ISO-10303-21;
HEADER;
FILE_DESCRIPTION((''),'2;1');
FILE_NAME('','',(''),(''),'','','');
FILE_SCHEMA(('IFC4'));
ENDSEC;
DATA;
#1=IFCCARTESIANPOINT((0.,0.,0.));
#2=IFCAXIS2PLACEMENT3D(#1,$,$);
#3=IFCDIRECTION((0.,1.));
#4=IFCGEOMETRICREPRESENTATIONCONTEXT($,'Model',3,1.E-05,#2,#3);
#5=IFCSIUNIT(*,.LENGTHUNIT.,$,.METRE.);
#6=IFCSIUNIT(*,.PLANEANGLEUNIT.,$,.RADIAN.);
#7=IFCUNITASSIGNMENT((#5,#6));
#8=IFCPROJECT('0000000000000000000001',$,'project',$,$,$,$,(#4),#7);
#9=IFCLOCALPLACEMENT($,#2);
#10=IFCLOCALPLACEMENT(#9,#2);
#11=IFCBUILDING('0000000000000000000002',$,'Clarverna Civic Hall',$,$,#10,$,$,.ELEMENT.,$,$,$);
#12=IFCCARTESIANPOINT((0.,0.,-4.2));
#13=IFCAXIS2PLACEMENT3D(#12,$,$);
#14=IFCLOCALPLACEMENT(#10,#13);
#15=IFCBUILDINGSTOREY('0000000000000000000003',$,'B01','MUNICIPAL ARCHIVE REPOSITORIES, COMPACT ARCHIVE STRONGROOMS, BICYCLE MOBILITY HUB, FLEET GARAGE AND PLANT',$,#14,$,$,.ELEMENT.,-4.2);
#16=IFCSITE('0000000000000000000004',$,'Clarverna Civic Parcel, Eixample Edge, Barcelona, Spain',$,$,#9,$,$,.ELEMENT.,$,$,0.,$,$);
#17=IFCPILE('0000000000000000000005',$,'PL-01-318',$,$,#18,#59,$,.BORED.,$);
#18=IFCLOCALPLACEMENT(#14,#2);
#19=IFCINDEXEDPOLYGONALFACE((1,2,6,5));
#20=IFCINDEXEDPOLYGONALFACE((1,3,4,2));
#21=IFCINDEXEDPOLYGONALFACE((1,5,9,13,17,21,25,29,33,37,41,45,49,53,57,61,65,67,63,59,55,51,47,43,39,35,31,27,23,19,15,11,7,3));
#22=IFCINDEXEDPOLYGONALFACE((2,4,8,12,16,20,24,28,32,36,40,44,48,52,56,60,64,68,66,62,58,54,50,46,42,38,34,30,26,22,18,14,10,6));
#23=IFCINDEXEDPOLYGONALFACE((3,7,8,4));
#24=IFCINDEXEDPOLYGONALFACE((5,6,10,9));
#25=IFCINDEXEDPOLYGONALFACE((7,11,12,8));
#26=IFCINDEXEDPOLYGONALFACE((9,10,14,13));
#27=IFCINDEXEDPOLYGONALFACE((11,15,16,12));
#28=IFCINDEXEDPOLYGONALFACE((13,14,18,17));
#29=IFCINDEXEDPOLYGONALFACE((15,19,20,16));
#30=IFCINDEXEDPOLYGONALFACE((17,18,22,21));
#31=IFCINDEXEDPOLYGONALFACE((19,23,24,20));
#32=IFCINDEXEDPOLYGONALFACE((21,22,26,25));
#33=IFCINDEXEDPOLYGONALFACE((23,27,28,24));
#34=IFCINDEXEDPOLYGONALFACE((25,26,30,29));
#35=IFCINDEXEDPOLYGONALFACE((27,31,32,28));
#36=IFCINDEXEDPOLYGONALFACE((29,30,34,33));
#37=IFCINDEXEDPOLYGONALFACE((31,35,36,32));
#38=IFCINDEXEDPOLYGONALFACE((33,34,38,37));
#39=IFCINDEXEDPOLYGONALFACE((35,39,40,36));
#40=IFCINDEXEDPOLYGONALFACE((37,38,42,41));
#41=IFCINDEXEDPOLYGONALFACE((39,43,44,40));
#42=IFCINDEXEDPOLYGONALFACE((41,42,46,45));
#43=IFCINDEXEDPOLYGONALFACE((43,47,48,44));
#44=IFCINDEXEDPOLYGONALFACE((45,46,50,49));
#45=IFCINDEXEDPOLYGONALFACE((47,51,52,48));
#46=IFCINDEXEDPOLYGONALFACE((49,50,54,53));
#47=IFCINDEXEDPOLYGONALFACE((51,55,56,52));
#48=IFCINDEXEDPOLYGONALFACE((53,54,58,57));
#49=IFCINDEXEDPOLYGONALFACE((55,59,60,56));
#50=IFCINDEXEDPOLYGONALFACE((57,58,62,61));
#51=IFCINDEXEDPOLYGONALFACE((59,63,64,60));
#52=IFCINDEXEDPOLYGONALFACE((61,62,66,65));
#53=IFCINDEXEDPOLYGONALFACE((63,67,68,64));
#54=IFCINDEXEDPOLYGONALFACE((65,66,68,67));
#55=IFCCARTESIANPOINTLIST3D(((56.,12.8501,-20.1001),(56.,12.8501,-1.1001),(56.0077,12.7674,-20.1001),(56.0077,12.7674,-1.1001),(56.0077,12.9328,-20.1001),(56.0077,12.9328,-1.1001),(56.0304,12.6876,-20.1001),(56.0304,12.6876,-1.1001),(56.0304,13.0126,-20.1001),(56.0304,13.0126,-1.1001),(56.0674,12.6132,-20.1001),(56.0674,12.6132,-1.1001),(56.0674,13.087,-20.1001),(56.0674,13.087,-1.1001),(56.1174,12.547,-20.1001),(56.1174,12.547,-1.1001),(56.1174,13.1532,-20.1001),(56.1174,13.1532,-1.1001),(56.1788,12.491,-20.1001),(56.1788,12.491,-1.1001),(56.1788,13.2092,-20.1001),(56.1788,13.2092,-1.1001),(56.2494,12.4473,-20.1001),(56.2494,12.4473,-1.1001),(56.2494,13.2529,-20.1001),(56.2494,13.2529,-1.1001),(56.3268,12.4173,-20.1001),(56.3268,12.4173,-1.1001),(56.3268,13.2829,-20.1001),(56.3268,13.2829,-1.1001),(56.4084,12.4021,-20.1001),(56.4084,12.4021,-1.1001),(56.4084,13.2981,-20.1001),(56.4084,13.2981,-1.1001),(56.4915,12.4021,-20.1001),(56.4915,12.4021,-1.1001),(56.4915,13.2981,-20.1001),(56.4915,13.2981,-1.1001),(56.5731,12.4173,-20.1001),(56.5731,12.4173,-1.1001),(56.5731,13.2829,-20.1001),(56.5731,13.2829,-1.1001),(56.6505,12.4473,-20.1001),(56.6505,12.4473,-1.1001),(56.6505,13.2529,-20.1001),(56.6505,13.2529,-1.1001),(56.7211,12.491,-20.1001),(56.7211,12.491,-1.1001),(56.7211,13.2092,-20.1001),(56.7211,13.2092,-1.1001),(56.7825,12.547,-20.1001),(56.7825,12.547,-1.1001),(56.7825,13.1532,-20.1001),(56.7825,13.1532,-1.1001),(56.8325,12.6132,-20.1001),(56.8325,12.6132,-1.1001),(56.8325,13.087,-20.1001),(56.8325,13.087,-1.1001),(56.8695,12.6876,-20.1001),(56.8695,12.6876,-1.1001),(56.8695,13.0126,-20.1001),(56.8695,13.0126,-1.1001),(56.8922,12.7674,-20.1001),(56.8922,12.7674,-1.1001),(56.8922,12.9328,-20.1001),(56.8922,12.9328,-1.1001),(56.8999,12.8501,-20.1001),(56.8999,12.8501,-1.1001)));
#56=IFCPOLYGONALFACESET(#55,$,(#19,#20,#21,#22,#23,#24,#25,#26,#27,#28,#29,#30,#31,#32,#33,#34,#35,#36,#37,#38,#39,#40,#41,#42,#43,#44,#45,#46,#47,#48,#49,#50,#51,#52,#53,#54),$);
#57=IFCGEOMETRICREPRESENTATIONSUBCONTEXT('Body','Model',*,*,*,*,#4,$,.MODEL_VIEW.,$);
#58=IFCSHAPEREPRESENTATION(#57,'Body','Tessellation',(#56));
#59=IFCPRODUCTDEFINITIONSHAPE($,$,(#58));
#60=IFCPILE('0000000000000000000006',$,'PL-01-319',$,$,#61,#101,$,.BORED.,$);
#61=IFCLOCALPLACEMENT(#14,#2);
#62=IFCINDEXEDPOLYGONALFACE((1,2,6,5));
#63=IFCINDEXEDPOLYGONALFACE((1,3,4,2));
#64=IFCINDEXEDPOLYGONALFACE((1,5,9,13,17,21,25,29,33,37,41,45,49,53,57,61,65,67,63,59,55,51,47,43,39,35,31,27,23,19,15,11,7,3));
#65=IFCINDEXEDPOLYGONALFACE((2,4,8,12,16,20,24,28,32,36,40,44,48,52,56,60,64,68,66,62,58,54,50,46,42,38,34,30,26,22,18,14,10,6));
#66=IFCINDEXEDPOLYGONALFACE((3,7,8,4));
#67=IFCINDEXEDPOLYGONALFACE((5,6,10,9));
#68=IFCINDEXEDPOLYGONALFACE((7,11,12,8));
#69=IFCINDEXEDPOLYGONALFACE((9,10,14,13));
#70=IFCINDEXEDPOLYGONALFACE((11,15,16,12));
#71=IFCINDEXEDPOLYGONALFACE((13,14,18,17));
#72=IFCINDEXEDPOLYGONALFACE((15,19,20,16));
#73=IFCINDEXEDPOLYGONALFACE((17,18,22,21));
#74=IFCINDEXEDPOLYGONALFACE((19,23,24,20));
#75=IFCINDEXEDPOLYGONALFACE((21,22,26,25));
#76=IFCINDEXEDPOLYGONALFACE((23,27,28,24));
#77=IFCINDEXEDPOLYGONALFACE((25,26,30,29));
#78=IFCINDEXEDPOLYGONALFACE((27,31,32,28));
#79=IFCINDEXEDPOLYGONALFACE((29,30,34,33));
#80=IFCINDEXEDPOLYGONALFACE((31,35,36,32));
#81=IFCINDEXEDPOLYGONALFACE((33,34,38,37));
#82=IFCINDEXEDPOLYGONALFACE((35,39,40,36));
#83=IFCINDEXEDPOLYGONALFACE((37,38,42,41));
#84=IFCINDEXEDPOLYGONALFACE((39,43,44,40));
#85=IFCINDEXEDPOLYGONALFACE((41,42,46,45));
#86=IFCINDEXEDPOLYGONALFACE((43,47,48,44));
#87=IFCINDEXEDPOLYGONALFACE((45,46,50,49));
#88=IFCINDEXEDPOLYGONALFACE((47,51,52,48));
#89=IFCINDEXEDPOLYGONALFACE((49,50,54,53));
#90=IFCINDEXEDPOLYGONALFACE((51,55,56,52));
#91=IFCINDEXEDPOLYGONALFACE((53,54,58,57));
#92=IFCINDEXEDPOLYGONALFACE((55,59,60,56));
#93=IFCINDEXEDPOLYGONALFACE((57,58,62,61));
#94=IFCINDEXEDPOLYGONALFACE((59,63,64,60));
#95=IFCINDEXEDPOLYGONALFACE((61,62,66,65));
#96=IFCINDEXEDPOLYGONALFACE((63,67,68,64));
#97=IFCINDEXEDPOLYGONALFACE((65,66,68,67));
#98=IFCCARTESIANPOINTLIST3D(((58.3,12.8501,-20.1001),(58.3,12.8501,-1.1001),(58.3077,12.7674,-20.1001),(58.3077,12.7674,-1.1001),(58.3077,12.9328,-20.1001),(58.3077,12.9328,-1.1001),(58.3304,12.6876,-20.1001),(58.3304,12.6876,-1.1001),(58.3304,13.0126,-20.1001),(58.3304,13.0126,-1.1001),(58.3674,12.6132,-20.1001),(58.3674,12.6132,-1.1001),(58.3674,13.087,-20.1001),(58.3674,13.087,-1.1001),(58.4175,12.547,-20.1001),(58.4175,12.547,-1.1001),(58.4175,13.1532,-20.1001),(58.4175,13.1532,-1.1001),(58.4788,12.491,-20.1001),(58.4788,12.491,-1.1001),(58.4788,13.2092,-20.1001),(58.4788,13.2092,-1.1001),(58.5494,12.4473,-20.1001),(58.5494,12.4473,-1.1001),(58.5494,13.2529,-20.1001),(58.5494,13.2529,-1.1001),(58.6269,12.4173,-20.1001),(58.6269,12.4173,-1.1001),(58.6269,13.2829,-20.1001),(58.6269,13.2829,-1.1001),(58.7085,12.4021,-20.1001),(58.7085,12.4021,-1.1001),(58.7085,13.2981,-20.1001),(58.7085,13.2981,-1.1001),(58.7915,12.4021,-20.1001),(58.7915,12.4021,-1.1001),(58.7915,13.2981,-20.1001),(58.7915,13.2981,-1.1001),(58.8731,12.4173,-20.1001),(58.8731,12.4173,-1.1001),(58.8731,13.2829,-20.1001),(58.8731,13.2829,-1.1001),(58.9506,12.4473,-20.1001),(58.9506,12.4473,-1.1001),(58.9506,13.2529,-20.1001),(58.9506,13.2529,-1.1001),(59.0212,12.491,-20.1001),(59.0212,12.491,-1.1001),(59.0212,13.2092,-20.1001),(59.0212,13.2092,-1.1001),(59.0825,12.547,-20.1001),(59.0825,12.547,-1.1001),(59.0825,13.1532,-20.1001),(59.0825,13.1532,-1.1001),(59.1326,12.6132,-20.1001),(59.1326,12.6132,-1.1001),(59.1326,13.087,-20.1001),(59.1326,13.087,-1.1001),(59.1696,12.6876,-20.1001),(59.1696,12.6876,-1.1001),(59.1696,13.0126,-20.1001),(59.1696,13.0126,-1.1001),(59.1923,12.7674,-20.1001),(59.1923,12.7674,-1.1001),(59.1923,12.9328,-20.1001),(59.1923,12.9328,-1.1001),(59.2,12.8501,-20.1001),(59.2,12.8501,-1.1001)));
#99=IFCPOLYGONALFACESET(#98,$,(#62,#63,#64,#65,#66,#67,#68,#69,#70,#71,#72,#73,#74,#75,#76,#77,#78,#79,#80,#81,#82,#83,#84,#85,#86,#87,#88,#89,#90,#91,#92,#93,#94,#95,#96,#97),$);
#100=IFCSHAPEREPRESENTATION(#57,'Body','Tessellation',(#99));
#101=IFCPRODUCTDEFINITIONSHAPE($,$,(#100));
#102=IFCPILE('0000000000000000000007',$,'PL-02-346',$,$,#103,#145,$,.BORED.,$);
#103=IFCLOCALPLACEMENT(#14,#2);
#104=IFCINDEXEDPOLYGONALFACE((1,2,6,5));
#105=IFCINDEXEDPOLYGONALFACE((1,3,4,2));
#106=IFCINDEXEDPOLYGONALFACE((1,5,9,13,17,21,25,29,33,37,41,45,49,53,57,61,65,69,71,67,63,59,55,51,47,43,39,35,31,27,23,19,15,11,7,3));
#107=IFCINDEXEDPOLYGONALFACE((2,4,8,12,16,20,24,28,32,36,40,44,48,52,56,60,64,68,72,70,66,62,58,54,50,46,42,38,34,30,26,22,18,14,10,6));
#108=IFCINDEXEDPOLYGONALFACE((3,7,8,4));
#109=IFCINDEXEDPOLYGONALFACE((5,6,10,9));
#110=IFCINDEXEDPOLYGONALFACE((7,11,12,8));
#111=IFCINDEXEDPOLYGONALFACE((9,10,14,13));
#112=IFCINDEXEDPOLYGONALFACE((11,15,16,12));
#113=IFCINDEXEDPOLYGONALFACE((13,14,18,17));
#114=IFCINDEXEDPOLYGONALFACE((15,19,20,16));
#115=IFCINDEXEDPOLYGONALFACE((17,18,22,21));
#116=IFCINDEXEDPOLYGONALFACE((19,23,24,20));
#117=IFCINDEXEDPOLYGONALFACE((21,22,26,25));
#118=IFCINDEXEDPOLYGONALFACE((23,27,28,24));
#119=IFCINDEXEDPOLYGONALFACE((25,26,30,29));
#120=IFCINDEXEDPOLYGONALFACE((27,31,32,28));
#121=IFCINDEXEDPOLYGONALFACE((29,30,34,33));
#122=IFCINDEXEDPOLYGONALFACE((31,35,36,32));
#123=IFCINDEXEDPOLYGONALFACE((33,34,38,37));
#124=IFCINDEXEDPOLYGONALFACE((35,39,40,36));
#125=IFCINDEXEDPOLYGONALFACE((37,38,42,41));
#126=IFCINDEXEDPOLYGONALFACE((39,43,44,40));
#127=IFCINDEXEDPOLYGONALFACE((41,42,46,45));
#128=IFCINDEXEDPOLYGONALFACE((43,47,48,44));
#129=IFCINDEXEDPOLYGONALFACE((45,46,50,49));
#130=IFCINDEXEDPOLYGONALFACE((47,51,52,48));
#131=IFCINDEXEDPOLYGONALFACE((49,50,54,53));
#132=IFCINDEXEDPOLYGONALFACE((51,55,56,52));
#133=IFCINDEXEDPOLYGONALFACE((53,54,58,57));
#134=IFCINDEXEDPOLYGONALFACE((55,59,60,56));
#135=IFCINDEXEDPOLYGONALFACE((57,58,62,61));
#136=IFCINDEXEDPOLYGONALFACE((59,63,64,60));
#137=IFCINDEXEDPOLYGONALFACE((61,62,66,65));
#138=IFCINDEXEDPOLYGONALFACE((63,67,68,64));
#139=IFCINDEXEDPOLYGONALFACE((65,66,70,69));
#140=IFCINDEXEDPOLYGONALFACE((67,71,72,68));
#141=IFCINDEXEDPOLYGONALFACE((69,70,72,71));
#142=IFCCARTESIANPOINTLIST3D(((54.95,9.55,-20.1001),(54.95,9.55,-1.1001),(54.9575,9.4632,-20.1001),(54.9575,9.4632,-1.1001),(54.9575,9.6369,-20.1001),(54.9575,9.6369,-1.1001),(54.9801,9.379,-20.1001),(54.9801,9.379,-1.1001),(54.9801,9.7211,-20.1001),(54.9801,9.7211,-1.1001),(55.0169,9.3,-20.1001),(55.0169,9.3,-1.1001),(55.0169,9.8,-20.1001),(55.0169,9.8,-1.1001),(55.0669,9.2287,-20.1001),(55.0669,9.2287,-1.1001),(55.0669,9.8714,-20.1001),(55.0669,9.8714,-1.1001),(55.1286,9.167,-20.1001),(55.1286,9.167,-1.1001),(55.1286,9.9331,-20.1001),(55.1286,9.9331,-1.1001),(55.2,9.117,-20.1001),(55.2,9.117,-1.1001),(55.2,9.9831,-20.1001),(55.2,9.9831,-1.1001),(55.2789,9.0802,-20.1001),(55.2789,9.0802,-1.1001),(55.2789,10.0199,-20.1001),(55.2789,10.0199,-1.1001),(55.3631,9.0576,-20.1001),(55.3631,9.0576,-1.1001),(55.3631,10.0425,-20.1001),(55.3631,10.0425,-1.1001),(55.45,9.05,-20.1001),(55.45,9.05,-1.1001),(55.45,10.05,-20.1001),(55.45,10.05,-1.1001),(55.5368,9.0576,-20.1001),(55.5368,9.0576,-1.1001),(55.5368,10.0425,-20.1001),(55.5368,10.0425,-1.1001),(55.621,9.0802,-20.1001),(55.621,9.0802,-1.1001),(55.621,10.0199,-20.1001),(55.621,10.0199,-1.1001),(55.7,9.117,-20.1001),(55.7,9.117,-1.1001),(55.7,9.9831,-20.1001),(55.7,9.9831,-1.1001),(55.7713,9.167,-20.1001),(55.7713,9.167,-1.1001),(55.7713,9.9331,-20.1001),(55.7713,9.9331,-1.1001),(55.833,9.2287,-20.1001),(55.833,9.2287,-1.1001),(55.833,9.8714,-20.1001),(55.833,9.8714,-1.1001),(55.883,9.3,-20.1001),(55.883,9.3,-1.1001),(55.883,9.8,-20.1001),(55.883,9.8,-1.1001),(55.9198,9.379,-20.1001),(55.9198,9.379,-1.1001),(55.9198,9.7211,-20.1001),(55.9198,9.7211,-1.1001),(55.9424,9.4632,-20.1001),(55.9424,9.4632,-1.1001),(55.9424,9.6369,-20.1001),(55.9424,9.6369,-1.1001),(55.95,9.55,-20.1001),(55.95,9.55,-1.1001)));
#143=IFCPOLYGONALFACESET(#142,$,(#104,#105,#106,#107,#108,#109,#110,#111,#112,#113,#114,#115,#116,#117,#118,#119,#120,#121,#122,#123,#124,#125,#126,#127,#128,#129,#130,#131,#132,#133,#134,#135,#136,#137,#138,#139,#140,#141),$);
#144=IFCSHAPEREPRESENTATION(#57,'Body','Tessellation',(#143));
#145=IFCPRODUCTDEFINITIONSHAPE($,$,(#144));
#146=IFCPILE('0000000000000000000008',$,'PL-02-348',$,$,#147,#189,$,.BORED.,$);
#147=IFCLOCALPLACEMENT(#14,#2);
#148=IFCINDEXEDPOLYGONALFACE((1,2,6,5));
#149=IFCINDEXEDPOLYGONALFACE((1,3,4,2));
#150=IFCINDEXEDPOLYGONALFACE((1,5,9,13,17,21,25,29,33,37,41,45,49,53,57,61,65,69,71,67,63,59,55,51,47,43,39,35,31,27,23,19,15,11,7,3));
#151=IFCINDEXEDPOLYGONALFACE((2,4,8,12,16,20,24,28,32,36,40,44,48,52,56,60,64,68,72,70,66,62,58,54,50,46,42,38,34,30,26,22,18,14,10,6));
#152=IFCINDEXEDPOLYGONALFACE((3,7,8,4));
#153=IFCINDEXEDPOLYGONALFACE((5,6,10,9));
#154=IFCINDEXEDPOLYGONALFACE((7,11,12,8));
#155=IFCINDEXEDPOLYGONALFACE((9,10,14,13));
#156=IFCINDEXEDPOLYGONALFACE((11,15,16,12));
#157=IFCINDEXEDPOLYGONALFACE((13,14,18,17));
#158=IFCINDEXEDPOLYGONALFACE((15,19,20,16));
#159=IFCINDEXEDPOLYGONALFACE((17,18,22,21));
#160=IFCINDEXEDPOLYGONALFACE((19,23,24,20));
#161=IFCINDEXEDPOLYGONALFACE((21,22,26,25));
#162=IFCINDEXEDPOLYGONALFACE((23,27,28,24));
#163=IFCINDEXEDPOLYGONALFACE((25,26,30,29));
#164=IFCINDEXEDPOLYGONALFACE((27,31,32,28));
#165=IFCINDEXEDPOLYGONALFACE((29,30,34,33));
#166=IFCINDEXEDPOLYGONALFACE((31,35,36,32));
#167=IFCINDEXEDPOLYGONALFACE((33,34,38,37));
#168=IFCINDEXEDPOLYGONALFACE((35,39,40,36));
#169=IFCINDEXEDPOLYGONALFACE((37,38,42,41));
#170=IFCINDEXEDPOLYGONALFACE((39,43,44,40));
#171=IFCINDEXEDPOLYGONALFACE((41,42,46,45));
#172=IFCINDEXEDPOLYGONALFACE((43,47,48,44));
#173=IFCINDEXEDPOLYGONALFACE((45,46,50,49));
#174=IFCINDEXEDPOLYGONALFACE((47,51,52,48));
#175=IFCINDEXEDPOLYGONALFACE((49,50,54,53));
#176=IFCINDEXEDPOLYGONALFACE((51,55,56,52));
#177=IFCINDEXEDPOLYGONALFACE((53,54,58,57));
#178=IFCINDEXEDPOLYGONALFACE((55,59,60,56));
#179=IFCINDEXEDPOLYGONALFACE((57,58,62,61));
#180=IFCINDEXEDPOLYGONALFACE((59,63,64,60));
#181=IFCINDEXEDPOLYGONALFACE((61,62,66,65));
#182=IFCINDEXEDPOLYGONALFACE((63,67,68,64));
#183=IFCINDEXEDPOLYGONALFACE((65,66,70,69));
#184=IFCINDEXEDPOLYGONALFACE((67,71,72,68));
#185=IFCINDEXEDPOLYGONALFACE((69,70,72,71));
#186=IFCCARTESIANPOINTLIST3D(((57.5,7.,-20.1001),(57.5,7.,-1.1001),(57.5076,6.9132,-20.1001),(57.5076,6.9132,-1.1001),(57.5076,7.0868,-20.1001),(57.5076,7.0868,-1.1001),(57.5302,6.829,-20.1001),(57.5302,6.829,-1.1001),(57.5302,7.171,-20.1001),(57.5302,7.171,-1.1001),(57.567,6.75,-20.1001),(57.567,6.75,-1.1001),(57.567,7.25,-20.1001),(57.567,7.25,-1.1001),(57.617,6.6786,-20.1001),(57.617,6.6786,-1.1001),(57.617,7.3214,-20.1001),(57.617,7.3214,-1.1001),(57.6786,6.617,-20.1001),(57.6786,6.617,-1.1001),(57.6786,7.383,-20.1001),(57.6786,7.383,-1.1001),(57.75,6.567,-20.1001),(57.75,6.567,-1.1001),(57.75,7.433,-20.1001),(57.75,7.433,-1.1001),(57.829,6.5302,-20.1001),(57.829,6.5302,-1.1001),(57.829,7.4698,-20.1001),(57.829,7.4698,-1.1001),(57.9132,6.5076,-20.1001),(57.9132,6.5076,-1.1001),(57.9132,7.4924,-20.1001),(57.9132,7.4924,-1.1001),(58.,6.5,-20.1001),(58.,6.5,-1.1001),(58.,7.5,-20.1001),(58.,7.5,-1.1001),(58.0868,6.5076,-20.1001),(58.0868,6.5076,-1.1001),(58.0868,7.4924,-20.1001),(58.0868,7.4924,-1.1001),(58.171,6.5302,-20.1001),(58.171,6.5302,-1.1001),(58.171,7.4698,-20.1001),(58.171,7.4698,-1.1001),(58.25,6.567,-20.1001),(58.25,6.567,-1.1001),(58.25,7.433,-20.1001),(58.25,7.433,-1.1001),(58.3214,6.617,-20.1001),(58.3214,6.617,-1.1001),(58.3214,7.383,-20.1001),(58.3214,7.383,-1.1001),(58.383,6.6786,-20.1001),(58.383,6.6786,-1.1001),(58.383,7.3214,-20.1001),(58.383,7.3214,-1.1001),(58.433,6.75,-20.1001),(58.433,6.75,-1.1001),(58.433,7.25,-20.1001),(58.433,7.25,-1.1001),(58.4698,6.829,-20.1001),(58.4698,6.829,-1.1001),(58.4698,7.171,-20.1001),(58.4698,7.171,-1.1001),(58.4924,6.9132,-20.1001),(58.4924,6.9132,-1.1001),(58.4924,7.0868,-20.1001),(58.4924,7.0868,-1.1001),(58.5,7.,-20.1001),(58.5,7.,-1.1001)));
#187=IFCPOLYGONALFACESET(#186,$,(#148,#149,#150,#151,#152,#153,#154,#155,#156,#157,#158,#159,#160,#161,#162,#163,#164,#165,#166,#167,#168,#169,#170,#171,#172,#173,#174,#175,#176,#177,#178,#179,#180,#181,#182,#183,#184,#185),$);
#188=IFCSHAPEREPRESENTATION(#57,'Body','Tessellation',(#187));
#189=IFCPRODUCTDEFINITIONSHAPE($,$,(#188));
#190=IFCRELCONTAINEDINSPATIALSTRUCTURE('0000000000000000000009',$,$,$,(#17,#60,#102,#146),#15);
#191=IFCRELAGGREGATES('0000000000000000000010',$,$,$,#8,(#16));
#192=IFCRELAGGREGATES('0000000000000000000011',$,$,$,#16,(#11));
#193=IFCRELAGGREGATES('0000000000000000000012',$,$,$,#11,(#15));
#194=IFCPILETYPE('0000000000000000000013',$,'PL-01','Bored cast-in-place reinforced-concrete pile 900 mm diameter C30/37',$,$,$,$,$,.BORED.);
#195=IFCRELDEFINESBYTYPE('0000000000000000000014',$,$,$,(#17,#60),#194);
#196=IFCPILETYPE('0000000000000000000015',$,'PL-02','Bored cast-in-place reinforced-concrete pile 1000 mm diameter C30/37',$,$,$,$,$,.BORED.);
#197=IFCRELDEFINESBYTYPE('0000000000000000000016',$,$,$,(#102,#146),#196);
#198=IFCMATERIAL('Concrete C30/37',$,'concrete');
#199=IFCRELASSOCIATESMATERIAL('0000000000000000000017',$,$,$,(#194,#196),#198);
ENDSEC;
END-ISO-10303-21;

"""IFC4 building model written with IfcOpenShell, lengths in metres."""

from ifc_helpers import new_model, si_unit, direction, frame, origin, origin_2d, place, context, subcontext, project, spatial, circle, extrude, material, material_profile, profile_set, type_object, element, save


model = new_model("IFC4")

# Units and contexts
model_context = context("Model", 3, precision=1e-05, world=origin(), true_north=direction((0.0, 1.0)))
body_context = subcontext(model_context, "Body", "Model", "MODEL_VIEW")
ifc_project = project(units=[si_unit("LENGTHUNIT", "METRE"), si_unit("PLANEANGLEUNIT", "RADIAN")], contexts=[model_context])

# Site, building, storey
site_placement = place(None, origin())
site = spatial("IfcSite", under=ifc_project, at=site_placement, Name="Clarverna Civic Parcel, Eixample Edge, Barcelona, Spain", CompositionType="ELEMENT", RefElevation=0.0)
building_placement = place(site_placement, origin())
building = spatial("IfcBuilding", under=site, at=building_placement, Name="Clarverna Civic Hall", CompositionType="ELEMENT")
storey_placement = place(building_placement, frame((0.0, 0.0, -4.2)))
storey = spatial("IfcBuildingStorey", under=building, at=storey_placement, Name="B01", Description="MUNICIPAL ARCHIVE REPOSITORIES, COMPACT ARCHIVE STRONGROOMS, BICYCLE MOBILITY HUB, FLEET GARAGE AND PLANT", CompositionType="ELEMENT", Elevation=-4.2)

# Shared definitions
ifc_material_1 = material(Name="Concrete C30/37", Category="concrete")

# Piles
ifc_material_profile_1 = material_profile(ifc_material_1, circle(Radius=0.45, at=origin_2d()), Name="BORED PILE D900")
ifc_profile_set_1 = profile_set([ifc_material_profile_1], Name="Concrete C30/37")
pile_type_1 = type_object("IfcPileType", Name="PL-01", Description="Bored cast-in-place reinforced-concrete pile 900 mm diameter C30/37", PredefinedType="BORED", material=ifc_profile_set_1)
for number, where, z_axis, x_axis, name in (
    (1, (56.45, 12.8501, -1.1001), (0.0, 0.0, -1.0), (1.0, 0.0, 0.0), "PL-01-318"),
    (2, (58.75, 12.8501, -1.1001), (0.0, 0.0, -1.0), (1.0, 0.0, 0.0), "PL-01-319"),
):
    element("IfcPile", number, at=place(storey_placement, frame(where, z_axis=z_axis, x_axis=x_axis)), inside=storey, type_object=pile_type_1, Name=name, PredefinedType="BORED", context=body_context, shape_type="SweptSolid", body=[
        extrude(circle(Radius=0.45, at=origin_2d()), origin(), (0.0, 0.0, 1.0), 19.0),
    ])
ifc_material_profile_2 = material_profile(ifc_material_1, circle(Radius=0.5, at=origin_2d()), Name="BORED PILE D1000")
ifc_profile_set_2 = profile_set([ifc_material_profile_2], Name="Concrete C30/37")
pile_type_2 = type_object("IfcPileType", Name="PL-02", Description="Bored cast-in-place reinforced-concrete pile 1000 mm diameter C30/37", PredefinedType="BORED", material=ifc_profile_set_2)
for number, where, z_axis, x_axis, name in (
    (3, (55.45, 9.55, -1.1001), (0.0, 0.0, -1.0), (1.0, 0.0, 0.0), "PL-02-346"),
    (4, (58.0, 7.0, -1.1001), (0.0, 0.0, -1.0), (1.0, 0.0, 0.0), "PL-02-348"),
):
    element("IfcPile", number, at=place(storey_placement, frame(where, z_axis=z_axis, x_axis=x_axis)), inside=storey, type_object=pile_type_2, Name=name, PredefinedType="BORED", context=body_context, shape_type="SweptSolid", body=[
        extrude(circle(Radius=0.5, at=origin_2d()), origin(), (0.0, 0.0, 1.0), 19.0),
    ])

save(model, "model.ifc")
